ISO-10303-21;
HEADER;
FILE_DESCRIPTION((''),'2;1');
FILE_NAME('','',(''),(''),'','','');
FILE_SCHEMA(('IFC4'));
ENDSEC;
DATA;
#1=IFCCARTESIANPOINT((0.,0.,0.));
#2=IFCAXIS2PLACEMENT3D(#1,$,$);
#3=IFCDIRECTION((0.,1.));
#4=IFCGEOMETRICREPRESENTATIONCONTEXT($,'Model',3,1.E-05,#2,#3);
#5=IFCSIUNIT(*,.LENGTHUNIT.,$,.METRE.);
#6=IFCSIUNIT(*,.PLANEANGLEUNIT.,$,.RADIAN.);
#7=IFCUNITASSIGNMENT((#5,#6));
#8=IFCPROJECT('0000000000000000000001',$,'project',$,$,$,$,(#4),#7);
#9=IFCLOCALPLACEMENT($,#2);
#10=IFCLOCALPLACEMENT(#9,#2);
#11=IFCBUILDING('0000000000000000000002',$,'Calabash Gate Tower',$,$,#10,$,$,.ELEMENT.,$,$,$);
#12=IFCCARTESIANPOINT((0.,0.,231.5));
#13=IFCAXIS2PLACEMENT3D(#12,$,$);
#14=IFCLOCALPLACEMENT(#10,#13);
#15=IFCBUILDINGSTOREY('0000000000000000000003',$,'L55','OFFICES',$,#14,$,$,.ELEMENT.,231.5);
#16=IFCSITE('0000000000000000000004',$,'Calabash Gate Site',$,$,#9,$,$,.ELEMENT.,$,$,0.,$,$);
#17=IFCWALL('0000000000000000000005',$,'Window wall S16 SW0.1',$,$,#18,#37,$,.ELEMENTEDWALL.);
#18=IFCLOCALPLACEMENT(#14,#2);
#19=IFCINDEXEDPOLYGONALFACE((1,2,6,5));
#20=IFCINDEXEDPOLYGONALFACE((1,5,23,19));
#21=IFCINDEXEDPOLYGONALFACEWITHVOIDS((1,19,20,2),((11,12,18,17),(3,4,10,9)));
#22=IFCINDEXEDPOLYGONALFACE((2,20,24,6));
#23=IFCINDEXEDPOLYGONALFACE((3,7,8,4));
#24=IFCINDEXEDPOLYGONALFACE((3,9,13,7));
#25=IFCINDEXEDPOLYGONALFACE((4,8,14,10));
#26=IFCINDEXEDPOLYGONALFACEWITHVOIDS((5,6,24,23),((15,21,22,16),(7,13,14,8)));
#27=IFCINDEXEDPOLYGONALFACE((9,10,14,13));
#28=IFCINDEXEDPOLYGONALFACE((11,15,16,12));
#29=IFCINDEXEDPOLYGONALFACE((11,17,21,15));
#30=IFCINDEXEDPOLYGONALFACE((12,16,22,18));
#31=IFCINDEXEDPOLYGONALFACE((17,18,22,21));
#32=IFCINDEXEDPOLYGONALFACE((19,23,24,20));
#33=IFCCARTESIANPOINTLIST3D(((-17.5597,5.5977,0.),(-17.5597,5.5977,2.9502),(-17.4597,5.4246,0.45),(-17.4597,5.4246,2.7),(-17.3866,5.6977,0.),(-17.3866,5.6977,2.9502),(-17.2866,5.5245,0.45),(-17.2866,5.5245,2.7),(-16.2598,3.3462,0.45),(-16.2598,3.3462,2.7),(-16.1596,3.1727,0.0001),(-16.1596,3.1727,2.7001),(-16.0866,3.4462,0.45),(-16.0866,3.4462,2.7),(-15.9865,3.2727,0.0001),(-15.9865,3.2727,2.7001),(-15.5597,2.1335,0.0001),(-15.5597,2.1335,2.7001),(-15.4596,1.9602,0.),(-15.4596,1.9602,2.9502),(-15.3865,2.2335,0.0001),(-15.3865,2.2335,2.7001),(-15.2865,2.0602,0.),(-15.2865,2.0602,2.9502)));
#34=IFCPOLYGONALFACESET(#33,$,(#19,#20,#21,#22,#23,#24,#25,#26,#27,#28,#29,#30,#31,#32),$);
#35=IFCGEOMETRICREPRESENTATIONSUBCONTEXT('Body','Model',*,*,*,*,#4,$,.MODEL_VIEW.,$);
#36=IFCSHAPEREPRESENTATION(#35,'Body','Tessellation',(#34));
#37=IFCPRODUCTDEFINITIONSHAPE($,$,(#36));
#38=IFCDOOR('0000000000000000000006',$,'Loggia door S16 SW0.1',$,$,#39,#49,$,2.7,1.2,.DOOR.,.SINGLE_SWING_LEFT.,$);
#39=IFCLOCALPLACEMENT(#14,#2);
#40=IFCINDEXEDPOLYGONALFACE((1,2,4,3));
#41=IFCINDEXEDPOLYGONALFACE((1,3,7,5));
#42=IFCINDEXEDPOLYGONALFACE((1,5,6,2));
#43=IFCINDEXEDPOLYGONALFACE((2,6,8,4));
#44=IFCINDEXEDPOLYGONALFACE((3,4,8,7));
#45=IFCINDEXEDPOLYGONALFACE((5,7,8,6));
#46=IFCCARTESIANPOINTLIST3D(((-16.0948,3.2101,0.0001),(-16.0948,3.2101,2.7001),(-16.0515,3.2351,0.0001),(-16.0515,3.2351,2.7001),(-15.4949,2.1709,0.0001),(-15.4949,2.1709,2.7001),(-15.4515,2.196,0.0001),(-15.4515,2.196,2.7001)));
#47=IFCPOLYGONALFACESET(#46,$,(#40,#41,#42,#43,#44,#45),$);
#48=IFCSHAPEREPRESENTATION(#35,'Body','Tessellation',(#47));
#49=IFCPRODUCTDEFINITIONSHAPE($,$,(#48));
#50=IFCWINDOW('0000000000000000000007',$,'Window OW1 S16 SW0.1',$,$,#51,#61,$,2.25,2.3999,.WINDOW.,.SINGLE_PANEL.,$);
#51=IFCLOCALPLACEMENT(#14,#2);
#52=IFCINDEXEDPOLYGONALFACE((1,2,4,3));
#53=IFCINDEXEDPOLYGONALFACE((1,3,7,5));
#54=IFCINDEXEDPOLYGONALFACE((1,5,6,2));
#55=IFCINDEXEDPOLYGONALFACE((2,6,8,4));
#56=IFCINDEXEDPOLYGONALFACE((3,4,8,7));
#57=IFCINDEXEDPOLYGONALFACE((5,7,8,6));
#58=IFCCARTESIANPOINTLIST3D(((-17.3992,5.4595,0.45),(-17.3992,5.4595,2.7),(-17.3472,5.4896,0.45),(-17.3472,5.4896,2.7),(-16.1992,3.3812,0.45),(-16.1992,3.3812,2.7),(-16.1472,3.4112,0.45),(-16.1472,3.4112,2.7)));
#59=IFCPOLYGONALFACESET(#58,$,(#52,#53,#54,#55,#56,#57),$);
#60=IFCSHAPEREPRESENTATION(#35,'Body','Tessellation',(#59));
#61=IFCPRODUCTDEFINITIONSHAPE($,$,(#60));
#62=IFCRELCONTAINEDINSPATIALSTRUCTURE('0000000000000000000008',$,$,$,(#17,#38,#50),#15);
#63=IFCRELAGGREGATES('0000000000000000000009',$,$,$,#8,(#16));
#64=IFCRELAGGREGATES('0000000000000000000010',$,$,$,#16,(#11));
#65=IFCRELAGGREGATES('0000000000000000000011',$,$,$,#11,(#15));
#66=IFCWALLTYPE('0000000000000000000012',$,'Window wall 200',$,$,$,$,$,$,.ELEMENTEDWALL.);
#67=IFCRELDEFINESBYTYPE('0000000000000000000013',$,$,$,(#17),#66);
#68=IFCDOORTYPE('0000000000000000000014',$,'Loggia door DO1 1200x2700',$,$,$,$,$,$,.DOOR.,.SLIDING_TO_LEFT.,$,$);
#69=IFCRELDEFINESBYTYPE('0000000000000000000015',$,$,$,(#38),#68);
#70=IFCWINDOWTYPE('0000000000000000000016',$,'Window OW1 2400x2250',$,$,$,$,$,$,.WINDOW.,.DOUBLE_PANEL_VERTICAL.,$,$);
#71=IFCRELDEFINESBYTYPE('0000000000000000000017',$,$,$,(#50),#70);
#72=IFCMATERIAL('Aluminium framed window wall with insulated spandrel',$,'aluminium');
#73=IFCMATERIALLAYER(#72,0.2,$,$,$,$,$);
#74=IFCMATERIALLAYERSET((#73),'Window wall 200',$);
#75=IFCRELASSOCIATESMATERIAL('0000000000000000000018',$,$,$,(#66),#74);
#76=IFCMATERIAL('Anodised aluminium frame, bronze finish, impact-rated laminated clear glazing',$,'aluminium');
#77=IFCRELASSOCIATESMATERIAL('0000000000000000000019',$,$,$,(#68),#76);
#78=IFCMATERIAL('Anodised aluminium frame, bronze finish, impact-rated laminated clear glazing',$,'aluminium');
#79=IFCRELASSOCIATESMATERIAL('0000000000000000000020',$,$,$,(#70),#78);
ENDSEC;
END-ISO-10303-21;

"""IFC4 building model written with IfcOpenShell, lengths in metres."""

from ifc_helpers import new_model, si_unit, direction, frame, frame_2d, origin, place, context, subcontext, project, spatial, rectangle, extrude, material, layer, layer_set, type_object, element, fill, save


model = new_model("IFC4")

# Units and contexts
model_context = context("Model", 3, precision=1e-05, world=origin(), true_north=direction((0.0, 1.0)))
body_context = subcontext(model_context, "Body", "Model", "MODEL_VIEW")
ifc_project = project(units=[si_unit("LENGTHUNIT", "METRE"), si_unit("PLANEANGLEUNIT", "RADIAN")], contexts=[model_context])

# Site, building, storey
site_placement = place(None, origin())
site = spatial("IfcSite", under=ifc_project, at=site_placement, Name="Calabash Gate Site", CompositionType="ELEMENT", RefElevation=0.0)
building_placement = place(site_placement, origin())
building = spatial("IfcBuilding", under=site, at=building_placement, Name="Calabash Gate Tower", CompositionType="ELEMENT")
storey_placement = place(building_placement, frame((0.0, 0.0, 231.5)))
storey = spatial("IfcBuildingStorey", under=building, at=storey_placement, Name="L55", Description="OFFICES", CompositionType="ELEMENT", Elevation=231.5)

# Wall, openings, door, window
ifc_material_1 = material(Name="Aluminium framed window wall with insulated spandrel", Category="aluminium")
ifc_layer_1 = layer(ifc_material_1, 0.2)
ifc_layer_set_1 = layer_set([ifc_layer_1], Name="Window wall 200")
wall_type_1 = type_object("IfcWallType", Name="Window wall 200", PredefinedType="ELEMENTEDWALL", material=ifc_layer_set_1)
wall_1_placement = place(storey_placement, frame((-17.4731, 5.6477, 0.0), z_axis=(0.0, 0.0, 1.0), x_axis=(0.500003, -0.866024, 0.0)))
wall_1 = element("IfcWall", 1, at=wall_1_placement, inside=storey, type_object=wall_type_1, Name="Window wall S16 SW0.1", PredefinedType="ELEMENTEDWALL", context=body_context, shape_type="SweptSolid", body=[
    extrude(rectangle(XDim=4.2002, YDim=0.2, at=frame_2d((2.1001, 0.0))), origin(), (0.0, 0.0, 1.0), 2.9502),
])
opening_1_placement = place(wall_1_placement, frame((0.2, 0.0, 0.45)))
opening_1 = element("IfcOpeningElement", 2, at=opening_1_placement, cuts=wall_1, PredefinedType="OPENING", context=body_context, shape_type="SweptSolid", body=[
    extrude(rectangle(XDim=2.3999, YDim=2.25, at=frame_2d((1.2, 1.125))), frame((0.0, 0.1099, 0.0), z_axis=(0.0, -1.0, 0.0), x_axis=(1.0, 0.0, 0.0)), (0.0, 0.0, 1.0), 0.22),
])
opening_2_placement = place(wall_1_placement, frame((2.8, 0.0, 0.0)))
opening_2 = element("IfcOpeningElement", 3, at=opening_2_placement, cuts=wall_1, PredefinedType="OPENING", context=body_context, shape_type="SweptSolid", body=[
    extrude(rectangle(XDim=1.2, YDim=2.7, at=frame_2d((0.6001, 1.3501))), frame((0.0, 0.1099, 0.0), z_axis=(0.0, -1.0, 0.0), x_axis=(1.0, 0.0, 0.0)), (0.0, 0.0, 1.0), 0.22),
])
ifc_material_2 = material(Name="Anodised aluminium frame, bronze finish, impact-rated laminated clear glazing", Category="aluminium")
door_type = type_object("IfcDoorType", Name="Loggia door DO1 1200x2700", OperationType="SLIDING_TO_LEFT", PredefinedType="DOOR", material=ifc_material_2)
door_placement = place(opening_2_placement, origin())
door = element("IfcDoor", 4, at=door_placement, inside=storey, type_object=door_type, Name="Loggia door S16 SW0.1", OperationType="SINGLE_SWING_LEFT", OverallHeight=2.7, OverallWidth=1.2, PredefinedType="DOOR", context=body_context, shape_type="SweptSolid", body=[
    extrude(rectangle(XDim=1.2, YDim=2.7, at=frame_2d((0.6001, 1.3501))), frame((0.0, 0.0249, 0.0), z_axis=(0.0, -1.0, 0.0), x_axis=(1.0, 0.0, 0.0)), (0.0, 0.0, 1.0), 0.05),
])
fill(opening_2, door)
ifc_material_3 = material(Name="Anodised aluminium frame, bronze finish, impact-rated laminated clear glazing", Category="aluminium")
window_type_1 = type_object("IfcWindowType", Name="Window OW1 2400x2250", PartitioningType="DOUBLE_PANEL_VERTICAL", PredefinedType="WINDOW", material=ifc_material_3)
window_1_placement = place(opening_1_placement, origin())
window_1 = element("IfcWindow", 5, at=window_1_placement, inside=storey, type_object=window_type_1, Name="Window OW1 S16 SW0.1", OverallHeight=2.25, OverallWidth=2.3999, PartitioningType="SINGLE_PANEL", PredefinedType="WINDOW", context=body_context, shape_type="SweptSolid", body=[
    extrude(rectangle(XDim=2.3999, YDim=2.25, at=frame_2d((1.2, 1.125))), frame((0.0, 0.03, 0.0), z_axis=(0.0, -1.0, 0.0), x_axis=(1.0, 0.0, 0.0)), (0.0, 0.0, 1.0), 0.0601),
])
fill(opening_1, window_1)

save(model, "model.ifc")
